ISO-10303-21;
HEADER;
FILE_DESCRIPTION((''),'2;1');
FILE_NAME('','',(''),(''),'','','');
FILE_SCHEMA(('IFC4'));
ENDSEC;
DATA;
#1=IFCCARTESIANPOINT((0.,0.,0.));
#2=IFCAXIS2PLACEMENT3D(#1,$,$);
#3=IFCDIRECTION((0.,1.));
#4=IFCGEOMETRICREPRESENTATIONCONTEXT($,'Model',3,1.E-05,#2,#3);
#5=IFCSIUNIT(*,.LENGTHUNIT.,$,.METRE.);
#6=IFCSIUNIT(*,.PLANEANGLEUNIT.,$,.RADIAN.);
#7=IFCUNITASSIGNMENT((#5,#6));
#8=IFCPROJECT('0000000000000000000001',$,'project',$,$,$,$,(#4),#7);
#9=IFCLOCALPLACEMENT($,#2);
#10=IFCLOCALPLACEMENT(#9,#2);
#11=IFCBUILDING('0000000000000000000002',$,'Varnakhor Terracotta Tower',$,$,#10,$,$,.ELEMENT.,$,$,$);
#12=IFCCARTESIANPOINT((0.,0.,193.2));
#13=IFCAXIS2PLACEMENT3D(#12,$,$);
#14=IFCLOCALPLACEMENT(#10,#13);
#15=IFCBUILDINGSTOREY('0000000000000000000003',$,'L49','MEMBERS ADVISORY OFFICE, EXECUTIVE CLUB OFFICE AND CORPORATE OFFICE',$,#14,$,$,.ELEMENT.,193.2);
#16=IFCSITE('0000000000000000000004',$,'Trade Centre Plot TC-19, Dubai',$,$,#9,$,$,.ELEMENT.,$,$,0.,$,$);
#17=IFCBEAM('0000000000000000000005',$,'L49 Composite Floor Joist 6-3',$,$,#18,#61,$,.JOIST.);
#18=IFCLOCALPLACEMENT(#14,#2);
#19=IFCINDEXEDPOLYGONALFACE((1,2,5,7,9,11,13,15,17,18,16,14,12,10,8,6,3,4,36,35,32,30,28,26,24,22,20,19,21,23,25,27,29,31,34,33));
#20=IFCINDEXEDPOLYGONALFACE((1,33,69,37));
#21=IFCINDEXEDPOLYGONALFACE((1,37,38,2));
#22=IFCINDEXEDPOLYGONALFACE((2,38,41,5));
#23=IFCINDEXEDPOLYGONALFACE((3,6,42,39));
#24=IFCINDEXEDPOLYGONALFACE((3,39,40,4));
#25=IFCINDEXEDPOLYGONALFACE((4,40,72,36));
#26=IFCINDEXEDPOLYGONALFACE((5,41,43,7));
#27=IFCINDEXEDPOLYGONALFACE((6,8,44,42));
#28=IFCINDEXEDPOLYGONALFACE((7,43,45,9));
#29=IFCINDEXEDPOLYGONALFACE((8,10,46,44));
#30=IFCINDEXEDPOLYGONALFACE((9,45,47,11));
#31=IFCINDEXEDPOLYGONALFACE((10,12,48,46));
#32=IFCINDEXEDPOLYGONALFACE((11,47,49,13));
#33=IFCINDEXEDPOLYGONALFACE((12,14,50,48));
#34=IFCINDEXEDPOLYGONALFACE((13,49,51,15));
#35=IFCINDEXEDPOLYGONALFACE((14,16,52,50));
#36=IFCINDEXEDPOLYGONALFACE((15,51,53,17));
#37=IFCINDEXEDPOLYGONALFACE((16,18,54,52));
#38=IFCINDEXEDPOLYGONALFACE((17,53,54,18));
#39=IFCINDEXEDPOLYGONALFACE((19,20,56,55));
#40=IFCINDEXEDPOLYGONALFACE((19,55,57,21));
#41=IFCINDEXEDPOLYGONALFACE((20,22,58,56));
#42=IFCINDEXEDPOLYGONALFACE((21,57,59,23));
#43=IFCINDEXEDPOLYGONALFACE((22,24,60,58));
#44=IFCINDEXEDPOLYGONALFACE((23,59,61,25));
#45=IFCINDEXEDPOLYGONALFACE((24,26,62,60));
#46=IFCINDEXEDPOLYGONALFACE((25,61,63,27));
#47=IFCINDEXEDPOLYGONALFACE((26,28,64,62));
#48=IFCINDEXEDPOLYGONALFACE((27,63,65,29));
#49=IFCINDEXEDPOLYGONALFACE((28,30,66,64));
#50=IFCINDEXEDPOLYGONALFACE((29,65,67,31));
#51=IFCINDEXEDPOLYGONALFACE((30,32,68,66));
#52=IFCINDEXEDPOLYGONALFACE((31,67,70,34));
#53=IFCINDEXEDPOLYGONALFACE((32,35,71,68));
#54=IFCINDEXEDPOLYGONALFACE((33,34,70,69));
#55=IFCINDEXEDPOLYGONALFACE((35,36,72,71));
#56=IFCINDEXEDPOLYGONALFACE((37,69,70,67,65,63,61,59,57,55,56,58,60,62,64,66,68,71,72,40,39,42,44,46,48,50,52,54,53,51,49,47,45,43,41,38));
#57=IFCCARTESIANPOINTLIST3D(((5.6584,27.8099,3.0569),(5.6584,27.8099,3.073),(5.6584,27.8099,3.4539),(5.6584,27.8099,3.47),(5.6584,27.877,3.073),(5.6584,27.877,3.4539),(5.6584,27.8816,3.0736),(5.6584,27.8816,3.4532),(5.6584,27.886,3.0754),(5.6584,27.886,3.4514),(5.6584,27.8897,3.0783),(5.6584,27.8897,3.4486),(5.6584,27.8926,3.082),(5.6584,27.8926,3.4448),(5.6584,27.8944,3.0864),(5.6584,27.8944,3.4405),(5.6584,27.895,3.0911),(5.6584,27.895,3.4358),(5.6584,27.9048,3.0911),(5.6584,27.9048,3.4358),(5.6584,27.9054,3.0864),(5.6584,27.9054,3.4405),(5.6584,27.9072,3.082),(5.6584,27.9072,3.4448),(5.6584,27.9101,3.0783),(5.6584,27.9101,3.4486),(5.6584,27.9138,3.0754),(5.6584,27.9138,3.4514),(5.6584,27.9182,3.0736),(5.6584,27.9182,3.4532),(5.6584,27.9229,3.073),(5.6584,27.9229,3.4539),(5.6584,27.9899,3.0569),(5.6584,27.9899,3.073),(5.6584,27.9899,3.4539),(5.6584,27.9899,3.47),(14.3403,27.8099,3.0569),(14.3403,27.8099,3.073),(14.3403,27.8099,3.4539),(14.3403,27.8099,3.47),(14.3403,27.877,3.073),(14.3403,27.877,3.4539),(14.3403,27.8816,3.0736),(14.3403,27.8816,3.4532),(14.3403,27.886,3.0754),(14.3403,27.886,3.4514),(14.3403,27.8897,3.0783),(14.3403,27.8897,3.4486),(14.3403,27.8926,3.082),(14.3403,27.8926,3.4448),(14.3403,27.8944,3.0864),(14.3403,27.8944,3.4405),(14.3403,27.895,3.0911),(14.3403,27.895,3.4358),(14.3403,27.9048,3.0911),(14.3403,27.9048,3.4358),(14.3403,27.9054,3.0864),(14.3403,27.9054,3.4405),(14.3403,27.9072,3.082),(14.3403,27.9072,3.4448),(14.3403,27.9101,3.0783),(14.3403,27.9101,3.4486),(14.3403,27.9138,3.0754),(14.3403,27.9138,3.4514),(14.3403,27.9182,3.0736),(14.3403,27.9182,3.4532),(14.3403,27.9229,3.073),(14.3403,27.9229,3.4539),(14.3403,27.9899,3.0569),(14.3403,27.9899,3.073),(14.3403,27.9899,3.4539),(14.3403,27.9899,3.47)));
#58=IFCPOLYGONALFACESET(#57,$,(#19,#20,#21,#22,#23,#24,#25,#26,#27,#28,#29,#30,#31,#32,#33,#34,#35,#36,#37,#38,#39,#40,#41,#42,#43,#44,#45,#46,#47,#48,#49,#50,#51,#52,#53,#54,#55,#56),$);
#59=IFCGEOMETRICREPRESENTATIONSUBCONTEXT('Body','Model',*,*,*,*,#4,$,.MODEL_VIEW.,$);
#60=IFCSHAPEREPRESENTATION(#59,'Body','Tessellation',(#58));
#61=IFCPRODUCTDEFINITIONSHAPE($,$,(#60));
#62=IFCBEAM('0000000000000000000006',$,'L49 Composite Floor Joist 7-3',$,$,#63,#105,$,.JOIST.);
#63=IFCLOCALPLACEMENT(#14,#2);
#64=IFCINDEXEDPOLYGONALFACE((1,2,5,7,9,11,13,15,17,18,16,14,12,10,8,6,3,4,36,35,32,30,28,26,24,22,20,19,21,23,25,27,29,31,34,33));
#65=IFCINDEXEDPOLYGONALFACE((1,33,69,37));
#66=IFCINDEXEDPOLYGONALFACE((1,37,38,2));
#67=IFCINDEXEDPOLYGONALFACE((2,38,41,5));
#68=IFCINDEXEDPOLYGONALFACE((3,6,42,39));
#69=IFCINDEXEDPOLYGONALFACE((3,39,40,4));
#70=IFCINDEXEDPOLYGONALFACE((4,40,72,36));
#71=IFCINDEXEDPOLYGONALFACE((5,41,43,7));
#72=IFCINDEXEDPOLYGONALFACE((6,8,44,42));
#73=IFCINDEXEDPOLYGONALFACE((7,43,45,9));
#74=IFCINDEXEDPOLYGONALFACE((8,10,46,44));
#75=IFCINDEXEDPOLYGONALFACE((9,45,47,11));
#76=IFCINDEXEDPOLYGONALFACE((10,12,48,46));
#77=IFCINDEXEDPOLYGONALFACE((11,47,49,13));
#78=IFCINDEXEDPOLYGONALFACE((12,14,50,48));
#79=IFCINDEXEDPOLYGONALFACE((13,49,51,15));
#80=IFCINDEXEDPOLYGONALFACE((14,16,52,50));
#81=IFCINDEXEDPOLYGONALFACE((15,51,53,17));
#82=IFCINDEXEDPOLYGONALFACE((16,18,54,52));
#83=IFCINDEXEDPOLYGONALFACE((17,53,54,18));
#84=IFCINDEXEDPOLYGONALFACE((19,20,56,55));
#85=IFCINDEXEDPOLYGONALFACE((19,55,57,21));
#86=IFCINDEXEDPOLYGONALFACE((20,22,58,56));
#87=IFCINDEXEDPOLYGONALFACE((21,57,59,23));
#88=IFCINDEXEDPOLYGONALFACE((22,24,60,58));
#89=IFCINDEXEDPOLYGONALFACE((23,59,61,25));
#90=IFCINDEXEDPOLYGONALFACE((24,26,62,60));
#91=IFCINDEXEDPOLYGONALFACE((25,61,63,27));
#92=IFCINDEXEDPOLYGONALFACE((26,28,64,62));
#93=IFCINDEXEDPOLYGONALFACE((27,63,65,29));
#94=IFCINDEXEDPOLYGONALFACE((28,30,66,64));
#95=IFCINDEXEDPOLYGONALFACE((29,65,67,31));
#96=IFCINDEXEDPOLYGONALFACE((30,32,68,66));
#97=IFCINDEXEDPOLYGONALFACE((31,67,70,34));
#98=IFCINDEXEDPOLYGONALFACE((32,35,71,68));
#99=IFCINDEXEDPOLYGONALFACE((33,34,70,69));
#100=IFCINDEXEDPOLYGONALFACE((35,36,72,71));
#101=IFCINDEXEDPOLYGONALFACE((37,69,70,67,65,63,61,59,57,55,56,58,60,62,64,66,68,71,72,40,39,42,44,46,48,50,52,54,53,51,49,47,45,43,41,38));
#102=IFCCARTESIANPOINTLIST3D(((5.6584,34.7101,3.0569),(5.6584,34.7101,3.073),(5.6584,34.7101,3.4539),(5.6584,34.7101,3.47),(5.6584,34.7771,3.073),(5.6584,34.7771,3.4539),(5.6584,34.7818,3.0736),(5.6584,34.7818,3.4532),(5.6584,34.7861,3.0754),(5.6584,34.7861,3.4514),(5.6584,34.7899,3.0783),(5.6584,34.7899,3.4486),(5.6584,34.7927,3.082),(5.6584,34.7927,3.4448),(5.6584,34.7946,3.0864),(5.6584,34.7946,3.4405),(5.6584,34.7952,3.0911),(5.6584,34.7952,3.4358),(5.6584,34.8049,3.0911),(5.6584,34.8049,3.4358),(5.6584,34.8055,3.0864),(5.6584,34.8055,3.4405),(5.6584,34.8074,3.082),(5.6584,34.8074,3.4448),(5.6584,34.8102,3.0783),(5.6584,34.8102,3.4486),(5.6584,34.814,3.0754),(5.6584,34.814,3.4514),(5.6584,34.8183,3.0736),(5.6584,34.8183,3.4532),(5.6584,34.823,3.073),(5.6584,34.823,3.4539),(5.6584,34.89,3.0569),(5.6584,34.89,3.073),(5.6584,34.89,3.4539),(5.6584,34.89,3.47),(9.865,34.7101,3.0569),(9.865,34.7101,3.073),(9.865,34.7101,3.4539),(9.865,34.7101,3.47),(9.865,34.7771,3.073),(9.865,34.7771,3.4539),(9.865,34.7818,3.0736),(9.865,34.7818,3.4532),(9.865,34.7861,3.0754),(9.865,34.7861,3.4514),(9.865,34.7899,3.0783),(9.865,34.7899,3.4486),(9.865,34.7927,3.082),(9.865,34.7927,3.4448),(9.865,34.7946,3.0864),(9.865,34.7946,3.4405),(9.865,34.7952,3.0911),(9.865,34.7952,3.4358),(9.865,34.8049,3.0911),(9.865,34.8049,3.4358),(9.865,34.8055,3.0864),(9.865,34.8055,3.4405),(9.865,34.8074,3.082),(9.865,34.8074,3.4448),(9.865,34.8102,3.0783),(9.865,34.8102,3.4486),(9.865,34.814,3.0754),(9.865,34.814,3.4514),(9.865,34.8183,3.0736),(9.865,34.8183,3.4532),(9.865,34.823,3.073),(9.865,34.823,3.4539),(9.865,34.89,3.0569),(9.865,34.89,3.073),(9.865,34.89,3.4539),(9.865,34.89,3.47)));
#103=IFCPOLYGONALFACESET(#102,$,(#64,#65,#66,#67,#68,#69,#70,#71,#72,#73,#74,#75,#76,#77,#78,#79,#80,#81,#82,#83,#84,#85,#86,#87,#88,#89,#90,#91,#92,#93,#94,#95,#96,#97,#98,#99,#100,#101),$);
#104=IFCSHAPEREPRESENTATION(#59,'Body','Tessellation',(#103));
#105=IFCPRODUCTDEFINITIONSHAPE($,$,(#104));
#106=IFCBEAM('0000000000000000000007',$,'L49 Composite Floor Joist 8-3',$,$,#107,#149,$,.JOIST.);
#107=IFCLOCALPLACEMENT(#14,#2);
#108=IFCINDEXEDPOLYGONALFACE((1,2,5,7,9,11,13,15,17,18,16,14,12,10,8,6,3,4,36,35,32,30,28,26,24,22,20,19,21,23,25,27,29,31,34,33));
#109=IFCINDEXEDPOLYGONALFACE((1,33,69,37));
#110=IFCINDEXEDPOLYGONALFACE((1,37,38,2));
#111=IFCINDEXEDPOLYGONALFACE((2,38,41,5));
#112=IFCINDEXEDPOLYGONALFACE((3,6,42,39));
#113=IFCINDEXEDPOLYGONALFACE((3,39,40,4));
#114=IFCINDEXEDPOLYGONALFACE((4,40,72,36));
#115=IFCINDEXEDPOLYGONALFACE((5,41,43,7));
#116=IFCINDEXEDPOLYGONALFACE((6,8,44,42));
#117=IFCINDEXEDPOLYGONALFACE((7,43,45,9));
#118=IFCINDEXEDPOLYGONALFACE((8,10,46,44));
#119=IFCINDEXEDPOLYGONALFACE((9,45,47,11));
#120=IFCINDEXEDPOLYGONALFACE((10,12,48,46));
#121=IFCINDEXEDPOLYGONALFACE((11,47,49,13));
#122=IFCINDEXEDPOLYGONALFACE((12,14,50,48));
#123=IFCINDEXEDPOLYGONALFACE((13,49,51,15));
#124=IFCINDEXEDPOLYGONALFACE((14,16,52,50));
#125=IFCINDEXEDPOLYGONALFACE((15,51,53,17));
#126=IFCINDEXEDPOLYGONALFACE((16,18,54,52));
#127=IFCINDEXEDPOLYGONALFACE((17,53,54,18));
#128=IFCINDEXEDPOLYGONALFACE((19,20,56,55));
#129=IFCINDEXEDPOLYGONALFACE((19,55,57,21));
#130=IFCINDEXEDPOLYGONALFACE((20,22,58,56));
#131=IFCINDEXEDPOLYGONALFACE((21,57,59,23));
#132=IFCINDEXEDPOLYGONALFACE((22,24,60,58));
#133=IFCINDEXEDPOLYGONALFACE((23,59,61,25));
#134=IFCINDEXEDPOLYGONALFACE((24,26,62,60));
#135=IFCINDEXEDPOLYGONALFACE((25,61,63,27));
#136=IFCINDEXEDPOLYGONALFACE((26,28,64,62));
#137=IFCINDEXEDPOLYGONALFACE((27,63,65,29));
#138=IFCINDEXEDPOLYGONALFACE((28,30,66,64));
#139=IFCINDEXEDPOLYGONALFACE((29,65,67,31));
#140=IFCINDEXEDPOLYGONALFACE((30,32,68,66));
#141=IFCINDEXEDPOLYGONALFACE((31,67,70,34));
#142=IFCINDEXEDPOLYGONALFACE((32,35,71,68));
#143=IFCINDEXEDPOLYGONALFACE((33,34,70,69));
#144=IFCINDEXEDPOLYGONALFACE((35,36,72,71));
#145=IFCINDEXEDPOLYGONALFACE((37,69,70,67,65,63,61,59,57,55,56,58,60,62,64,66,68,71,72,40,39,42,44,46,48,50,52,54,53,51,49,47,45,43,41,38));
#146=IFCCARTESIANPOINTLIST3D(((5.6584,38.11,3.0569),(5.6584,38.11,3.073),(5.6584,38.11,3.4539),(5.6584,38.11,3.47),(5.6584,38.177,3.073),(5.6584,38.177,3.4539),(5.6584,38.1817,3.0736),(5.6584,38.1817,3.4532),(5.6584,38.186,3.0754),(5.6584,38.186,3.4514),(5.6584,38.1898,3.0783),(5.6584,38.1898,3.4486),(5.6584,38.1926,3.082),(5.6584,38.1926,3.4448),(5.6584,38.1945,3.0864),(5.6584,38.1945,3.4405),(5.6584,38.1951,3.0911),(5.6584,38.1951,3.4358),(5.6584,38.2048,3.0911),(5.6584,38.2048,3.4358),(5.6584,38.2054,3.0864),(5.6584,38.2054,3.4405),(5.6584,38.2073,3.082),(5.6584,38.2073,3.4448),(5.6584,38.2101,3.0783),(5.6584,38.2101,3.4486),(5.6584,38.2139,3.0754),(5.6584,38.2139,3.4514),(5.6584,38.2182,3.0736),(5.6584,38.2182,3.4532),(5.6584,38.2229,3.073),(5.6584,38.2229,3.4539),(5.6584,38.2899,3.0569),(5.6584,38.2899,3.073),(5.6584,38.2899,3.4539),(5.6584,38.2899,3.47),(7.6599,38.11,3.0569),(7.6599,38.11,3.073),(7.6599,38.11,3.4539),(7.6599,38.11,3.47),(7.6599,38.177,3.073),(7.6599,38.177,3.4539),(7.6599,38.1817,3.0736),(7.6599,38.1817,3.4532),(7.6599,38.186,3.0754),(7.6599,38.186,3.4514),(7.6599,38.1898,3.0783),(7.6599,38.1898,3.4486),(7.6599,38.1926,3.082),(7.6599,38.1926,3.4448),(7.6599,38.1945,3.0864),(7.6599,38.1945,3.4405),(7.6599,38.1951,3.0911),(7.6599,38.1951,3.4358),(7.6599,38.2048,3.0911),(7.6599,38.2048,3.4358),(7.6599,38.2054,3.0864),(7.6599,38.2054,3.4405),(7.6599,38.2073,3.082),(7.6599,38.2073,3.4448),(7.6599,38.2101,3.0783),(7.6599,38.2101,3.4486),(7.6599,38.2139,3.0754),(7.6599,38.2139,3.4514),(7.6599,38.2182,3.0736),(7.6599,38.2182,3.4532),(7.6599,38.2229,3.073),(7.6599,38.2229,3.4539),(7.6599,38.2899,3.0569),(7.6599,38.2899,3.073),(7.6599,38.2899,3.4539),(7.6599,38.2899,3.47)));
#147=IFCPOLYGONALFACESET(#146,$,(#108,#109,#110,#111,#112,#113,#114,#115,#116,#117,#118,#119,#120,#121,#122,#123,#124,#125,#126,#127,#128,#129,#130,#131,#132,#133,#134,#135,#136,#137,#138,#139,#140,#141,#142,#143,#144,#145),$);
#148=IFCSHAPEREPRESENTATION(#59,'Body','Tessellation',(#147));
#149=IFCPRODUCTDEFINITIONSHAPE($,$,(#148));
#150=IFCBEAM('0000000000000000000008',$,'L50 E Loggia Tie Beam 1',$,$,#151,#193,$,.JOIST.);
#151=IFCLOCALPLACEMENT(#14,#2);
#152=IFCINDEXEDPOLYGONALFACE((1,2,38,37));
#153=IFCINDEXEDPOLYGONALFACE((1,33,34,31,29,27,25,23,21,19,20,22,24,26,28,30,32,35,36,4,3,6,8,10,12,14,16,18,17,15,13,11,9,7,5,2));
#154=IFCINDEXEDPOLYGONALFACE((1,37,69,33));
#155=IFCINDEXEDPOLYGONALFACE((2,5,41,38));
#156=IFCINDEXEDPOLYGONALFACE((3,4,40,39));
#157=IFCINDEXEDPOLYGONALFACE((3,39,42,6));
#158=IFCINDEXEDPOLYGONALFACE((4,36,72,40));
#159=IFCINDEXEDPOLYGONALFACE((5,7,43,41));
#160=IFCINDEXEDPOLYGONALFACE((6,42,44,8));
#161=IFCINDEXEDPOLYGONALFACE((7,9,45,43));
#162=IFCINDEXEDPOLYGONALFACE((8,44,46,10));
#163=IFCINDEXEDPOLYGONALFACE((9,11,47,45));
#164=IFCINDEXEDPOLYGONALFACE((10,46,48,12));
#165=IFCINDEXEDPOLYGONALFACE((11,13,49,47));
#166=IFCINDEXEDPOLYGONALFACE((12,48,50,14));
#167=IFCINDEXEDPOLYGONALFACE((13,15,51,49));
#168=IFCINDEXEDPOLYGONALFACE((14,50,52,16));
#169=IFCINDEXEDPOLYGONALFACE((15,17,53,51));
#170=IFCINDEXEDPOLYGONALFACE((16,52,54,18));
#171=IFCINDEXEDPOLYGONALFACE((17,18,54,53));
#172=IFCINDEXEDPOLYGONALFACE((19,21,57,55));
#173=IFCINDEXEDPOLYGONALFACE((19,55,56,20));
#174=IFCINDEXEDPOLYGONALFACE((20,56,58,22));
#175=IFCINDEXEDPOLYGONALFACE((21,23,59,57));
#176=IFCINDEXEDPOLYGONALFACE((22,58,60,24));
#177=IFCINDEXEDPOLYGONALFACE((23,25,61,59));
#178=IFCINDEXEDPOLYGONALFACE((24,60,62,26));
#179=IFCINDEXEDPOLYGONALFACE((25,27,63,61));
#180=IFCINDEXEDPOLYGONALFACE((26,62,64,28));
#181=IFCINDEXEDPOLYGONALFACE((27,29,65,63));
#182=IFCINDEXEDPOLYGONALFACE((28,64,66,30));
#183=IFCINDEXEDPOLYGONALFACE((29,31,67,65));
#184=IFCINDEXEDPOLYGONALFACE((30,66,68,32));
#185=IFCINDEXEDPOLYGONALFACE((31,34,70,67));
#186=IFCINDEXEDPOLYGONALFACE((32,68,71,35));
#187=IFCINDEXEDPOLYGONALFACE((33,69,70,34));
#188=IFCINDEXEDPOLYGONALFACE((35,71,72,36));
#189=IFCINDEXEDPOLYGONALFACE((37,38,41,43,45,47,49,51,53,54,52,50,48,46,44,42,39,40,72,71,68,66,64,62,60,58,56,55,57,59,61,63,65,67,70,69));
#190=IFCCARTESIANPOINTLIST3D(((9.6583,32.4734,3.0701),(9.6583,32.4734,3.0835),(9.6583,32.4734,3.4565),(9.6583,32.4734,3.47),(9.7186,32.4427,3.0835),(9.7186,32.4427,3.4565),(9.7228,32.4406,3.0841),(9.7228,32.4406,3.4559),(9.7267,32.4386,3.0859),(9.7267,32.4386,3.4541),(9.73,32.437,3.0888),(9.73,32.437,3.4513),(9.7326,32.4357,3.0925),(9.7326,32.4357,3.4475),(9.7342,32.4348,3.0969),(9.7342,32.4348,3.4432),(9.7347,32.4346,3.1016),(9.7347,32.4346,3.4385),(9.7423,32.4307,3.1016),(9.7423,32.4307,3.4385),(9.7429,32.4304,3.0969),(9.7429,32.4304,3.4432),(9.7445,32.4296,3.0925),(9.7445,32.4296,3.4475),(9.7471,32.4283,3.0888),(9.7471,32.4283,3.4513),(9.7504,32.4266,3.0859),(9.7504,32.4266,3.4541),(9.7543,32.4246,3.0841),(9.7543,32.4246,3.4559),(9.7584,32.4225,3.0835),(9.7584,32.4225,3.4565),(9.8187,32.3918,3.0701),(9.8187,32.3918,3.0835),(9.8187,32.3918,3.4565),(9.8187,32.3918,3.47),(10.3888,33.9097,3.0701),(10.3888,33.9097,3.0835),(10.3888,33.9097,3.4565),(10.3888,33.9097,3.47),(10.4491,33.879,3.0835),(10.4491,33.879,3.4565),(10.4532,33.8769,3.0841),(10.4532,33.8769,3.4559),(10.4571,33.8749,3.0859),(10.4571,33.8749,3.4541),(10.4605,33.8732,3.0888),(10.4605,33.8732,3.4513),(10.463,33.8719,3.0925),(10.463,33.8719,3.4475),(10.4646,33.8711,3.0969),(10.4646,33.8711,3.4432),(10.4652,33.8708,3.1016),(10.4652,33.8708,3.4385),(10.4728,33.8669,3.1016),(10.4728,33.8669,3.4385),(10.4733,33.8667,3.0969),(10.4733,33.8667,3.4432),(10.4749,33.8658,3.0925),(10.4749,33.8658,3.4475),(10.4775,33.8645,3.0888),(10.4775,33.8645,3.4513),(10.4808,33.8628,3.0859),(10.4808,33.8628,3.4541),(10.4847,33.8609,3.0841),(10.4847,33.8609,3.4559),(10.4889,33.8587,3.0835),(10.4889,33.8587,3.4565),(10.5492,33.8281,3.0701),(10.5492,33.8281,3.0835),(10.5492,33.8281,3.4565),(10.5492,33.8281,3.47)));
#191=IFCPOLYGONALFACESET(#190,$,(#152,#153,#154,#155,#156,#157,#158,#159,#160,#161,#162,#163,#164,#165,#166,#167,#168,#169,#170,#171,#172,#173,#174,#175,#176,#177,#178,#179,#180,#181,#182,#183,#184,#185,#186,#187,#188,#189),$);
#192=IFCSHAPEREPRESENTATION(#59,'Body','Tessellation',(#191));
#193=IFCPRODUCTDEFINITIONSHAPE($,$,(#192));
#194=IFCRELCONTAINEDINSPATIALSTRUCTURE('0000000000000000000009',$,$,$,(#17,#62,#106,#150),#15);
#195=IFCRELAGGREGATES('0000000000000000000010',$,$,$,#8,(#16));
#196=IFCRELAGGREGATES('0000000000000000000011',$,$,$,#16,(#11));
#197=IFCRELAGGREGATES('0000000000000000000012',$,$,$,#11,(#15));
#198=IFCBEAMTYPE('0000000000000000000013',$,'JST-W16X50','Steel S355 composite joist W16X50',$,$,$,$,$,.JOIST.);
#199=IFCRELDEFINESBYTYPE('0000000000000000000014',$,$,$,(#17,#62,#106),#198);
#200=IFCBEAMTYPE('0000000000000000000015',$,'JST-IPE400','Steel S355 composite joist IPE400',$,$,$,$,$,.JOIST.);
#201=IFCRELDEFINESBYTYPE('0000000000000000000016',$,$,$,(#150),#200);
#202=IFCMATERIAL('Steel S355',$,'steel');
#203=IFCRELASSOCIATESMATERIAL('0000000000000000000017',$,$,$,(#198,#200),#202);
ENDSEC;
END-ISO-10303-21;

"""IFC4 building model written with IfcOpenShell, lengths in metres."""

from ifc_helpers import new_model, si_unit, direction, frame, origin, origin_2d, place, context, subcontext, project, spatial, i_section, extrude, source, transform, mapped, material, material_profile, profile_set, type_object, element, save


model = new_model("IFC4")

# Units and contexts
model_context = context("Model", 3, precision=1e-05, world=origin(), true_north=direction((0.0, 1.0)))
body_context = subcontext(model_context, "Body", "Model", "MODEL_VIEW")
ifc_project = project(units=[si_unit("LENGTHUNIT", "METRE"), si_unit("PLANEANGLEUNIT", "RADIAN")], contexts=[model_context])

# Site, building, storey
site_placement = place(None, origin())
site = spatial("IfcSite", under=ifc_project, at=site_placement, Name="Trade Centre Plot TC-19, Dubai", CompositionType="ELEMENT", RefElevation=0.0)
building_placement = place(site_placement, origin())
building = spatial("IfcBuilding", under=site, at=building_placement, Name="Varnakhor Terracotta Tower", CompositionType="ELEMENT")
storey_placement = place(building_placement, frame((0.0, 0.0, 193.2)))
storey = spatial("IfcBuildingStorey", under=building, at=storey_placement, Name="L49", Description="MEMBERS ADVISORY OFFICE, EXECUTIVE CLUB OFFICE AND CORPORATE OFFICE", CompositionType="ELEMENT", Elevation=193.2)

# Beams
ifc_material_1 = material(Name="Steel S355", Category="steel")
ifc_material_profile_1 = material_profile(ifc_material_1, i_section(OverallWidth=0.1799, OverallDepth=0.4131, WebThickness=0.0098, FlangeThickness=0.0161, FilletRadius=0.0181, at=origin_2d()), Name="W16X50")
ifc_profile_set_1 = profile_set([ifc_material_profile_1], Name="Steel S355")
beam_type_1 = type_object("IfcBeamType", Name="JST-W16X50", Description="Steel S355 composite joist W16X50", PredefinedType="JOIST", material=ifc_profile_set_1)
shared_shape_1 = source(origin(), body_context, "Body", "SweptSolid", [
    extrude(i_section(OverallWidth=0.1799, OverallDepth=0.4131, WebThickness=0.0098, FlangeThickness=0.0161, FilletRadius=0.0181, at=origin_2d()), origin(), (0.0, 0.0, 1.0), 8.6819),
])
beam_1_placement = place(storey_placement, frame((5.6584, 27.8999, 3.2634), z_axis=(1.0, 0.0, 0.0), x_axis=(0.0, 1.0, 0.0)))
element("IfcBeam", 1, at=beam_1_placement, inside=storey, type_object=beam_type_1, Name="L49 Composite Floor Joist 6-3", PredefinedType="JOIST", context=body_context, shape_type="MappedRepresentation", body=[
    mapped(shared_shape_1, transform((0.0, 0.0, 0.0), scale=1.0)),
])
shared_shape_2 = source(origin(), body_context, "Body", "SweptSolid", [
    extrude(i_section(OverallWidth=0.1799, OverallDepth=0.4131, WebThickness=0.0098, FlangeThickness=0.0161, FilletRadius=0.0181, at=origin_2d()), origin(), (0.0, 0.0, 1.0), 4.2065),
])
beam_2_placement = place(storey_placement, frame((5.6584, 34.8, 3.2634), z_axis=(1.0, 0.0, 0.0), x_axis=(0.0, 1.0, 0.0)))
element("IfcBeam", 2, at=beam_2_placement, inside=storey, type_object=beam_type_1, Name="L49 Composite Floor Joist 7-3", PredefinedType="JOIST", context=body_context, shape_type="MappedRepresentation", body=[
    mapped(shared_shape_2, transform((0.0, 0.0, 0.0), scale=1.0)),
])
shared_shape_3 = source(origin(), body_context, "Body", "SweptSolid", [
    extrude(i_section(OverallWidth=0.1799, OverallDepth=0.4131, WebThickness=0.0098, FlangeThickness=0.0161, FilletRadius=0.0181, at=origin_2d()), origin(), (0.0, 0.0, 1.0), 2.0015),
])
beam_3_placement = place(storey_placement, frame((5.6584, 38.2, 3.2634), z_axis=(1.0, 0.0, 0.0), x_axis=(0.0, 1.0, 0.0)))
element("IfcBeam", 3, at=beam_3_placement, inside=storey, type_object=beam_type_1, Name="L49 Composite Floor Joist 8-3", PredefinedType="JOIST", context=body_context, shape_type="MappedRepresentation", body=[
    mapped(shared_shape_3, transform((0.0, 0.0, 0.0), scale=1.0)),
])
ifc_material_profile_2 = material_profile(ifc_material_1, i_section(OverallWidth=0.1799, OverallDepth=0.3999, WebThickness=0.0085, FlangeThickness=0.0134, FilletRadius=0.0181, at=origin_2d()), Name="IPE400")
ifc_profile_set_2 = profile_set([ifc_material_profile_2], Name="Steel S355")
beam_type_2 = type_object("IfcBeamType", Name="JST-IPE400", Description="Steel S355 composite joist IPE400", PredefinedType="JOIST", material=ifc_profile_set_2)
shared_shape_4 = source(origin(), body_context, "Body", "SweptSolid", [
    extrude(i_section(OverallWidth=0.1799, OverallDepth=0.3999, WebThickness=0.0085, FlangeThickness=0.0134, FilletRadius=0.0181, at=origin_2d()), origin(), (0.0, 0.0, 1.0), 1.6113),
])
beam_4_placement = place(storey_placement, frame((9.7385, 32.4326, 3.27), z_axis=(0.453324, 0.891346, 0.0), x_axis=(-0.891346, 0.453324, 0.0)))
element("IfcBeam", 4, at=beam_4_placement, inside=storey, type_object=beam_type_2, Name="L50 E Loggia Tie Beam 1", PredefinedType="JOIST", context=body_context, shape_type="MappedRepresentation", body=[
    mapped(shared_shape_4, transform((0.0, 0.0, 0.0), scale=1.0)),
])

save(model, "model.ifc")
